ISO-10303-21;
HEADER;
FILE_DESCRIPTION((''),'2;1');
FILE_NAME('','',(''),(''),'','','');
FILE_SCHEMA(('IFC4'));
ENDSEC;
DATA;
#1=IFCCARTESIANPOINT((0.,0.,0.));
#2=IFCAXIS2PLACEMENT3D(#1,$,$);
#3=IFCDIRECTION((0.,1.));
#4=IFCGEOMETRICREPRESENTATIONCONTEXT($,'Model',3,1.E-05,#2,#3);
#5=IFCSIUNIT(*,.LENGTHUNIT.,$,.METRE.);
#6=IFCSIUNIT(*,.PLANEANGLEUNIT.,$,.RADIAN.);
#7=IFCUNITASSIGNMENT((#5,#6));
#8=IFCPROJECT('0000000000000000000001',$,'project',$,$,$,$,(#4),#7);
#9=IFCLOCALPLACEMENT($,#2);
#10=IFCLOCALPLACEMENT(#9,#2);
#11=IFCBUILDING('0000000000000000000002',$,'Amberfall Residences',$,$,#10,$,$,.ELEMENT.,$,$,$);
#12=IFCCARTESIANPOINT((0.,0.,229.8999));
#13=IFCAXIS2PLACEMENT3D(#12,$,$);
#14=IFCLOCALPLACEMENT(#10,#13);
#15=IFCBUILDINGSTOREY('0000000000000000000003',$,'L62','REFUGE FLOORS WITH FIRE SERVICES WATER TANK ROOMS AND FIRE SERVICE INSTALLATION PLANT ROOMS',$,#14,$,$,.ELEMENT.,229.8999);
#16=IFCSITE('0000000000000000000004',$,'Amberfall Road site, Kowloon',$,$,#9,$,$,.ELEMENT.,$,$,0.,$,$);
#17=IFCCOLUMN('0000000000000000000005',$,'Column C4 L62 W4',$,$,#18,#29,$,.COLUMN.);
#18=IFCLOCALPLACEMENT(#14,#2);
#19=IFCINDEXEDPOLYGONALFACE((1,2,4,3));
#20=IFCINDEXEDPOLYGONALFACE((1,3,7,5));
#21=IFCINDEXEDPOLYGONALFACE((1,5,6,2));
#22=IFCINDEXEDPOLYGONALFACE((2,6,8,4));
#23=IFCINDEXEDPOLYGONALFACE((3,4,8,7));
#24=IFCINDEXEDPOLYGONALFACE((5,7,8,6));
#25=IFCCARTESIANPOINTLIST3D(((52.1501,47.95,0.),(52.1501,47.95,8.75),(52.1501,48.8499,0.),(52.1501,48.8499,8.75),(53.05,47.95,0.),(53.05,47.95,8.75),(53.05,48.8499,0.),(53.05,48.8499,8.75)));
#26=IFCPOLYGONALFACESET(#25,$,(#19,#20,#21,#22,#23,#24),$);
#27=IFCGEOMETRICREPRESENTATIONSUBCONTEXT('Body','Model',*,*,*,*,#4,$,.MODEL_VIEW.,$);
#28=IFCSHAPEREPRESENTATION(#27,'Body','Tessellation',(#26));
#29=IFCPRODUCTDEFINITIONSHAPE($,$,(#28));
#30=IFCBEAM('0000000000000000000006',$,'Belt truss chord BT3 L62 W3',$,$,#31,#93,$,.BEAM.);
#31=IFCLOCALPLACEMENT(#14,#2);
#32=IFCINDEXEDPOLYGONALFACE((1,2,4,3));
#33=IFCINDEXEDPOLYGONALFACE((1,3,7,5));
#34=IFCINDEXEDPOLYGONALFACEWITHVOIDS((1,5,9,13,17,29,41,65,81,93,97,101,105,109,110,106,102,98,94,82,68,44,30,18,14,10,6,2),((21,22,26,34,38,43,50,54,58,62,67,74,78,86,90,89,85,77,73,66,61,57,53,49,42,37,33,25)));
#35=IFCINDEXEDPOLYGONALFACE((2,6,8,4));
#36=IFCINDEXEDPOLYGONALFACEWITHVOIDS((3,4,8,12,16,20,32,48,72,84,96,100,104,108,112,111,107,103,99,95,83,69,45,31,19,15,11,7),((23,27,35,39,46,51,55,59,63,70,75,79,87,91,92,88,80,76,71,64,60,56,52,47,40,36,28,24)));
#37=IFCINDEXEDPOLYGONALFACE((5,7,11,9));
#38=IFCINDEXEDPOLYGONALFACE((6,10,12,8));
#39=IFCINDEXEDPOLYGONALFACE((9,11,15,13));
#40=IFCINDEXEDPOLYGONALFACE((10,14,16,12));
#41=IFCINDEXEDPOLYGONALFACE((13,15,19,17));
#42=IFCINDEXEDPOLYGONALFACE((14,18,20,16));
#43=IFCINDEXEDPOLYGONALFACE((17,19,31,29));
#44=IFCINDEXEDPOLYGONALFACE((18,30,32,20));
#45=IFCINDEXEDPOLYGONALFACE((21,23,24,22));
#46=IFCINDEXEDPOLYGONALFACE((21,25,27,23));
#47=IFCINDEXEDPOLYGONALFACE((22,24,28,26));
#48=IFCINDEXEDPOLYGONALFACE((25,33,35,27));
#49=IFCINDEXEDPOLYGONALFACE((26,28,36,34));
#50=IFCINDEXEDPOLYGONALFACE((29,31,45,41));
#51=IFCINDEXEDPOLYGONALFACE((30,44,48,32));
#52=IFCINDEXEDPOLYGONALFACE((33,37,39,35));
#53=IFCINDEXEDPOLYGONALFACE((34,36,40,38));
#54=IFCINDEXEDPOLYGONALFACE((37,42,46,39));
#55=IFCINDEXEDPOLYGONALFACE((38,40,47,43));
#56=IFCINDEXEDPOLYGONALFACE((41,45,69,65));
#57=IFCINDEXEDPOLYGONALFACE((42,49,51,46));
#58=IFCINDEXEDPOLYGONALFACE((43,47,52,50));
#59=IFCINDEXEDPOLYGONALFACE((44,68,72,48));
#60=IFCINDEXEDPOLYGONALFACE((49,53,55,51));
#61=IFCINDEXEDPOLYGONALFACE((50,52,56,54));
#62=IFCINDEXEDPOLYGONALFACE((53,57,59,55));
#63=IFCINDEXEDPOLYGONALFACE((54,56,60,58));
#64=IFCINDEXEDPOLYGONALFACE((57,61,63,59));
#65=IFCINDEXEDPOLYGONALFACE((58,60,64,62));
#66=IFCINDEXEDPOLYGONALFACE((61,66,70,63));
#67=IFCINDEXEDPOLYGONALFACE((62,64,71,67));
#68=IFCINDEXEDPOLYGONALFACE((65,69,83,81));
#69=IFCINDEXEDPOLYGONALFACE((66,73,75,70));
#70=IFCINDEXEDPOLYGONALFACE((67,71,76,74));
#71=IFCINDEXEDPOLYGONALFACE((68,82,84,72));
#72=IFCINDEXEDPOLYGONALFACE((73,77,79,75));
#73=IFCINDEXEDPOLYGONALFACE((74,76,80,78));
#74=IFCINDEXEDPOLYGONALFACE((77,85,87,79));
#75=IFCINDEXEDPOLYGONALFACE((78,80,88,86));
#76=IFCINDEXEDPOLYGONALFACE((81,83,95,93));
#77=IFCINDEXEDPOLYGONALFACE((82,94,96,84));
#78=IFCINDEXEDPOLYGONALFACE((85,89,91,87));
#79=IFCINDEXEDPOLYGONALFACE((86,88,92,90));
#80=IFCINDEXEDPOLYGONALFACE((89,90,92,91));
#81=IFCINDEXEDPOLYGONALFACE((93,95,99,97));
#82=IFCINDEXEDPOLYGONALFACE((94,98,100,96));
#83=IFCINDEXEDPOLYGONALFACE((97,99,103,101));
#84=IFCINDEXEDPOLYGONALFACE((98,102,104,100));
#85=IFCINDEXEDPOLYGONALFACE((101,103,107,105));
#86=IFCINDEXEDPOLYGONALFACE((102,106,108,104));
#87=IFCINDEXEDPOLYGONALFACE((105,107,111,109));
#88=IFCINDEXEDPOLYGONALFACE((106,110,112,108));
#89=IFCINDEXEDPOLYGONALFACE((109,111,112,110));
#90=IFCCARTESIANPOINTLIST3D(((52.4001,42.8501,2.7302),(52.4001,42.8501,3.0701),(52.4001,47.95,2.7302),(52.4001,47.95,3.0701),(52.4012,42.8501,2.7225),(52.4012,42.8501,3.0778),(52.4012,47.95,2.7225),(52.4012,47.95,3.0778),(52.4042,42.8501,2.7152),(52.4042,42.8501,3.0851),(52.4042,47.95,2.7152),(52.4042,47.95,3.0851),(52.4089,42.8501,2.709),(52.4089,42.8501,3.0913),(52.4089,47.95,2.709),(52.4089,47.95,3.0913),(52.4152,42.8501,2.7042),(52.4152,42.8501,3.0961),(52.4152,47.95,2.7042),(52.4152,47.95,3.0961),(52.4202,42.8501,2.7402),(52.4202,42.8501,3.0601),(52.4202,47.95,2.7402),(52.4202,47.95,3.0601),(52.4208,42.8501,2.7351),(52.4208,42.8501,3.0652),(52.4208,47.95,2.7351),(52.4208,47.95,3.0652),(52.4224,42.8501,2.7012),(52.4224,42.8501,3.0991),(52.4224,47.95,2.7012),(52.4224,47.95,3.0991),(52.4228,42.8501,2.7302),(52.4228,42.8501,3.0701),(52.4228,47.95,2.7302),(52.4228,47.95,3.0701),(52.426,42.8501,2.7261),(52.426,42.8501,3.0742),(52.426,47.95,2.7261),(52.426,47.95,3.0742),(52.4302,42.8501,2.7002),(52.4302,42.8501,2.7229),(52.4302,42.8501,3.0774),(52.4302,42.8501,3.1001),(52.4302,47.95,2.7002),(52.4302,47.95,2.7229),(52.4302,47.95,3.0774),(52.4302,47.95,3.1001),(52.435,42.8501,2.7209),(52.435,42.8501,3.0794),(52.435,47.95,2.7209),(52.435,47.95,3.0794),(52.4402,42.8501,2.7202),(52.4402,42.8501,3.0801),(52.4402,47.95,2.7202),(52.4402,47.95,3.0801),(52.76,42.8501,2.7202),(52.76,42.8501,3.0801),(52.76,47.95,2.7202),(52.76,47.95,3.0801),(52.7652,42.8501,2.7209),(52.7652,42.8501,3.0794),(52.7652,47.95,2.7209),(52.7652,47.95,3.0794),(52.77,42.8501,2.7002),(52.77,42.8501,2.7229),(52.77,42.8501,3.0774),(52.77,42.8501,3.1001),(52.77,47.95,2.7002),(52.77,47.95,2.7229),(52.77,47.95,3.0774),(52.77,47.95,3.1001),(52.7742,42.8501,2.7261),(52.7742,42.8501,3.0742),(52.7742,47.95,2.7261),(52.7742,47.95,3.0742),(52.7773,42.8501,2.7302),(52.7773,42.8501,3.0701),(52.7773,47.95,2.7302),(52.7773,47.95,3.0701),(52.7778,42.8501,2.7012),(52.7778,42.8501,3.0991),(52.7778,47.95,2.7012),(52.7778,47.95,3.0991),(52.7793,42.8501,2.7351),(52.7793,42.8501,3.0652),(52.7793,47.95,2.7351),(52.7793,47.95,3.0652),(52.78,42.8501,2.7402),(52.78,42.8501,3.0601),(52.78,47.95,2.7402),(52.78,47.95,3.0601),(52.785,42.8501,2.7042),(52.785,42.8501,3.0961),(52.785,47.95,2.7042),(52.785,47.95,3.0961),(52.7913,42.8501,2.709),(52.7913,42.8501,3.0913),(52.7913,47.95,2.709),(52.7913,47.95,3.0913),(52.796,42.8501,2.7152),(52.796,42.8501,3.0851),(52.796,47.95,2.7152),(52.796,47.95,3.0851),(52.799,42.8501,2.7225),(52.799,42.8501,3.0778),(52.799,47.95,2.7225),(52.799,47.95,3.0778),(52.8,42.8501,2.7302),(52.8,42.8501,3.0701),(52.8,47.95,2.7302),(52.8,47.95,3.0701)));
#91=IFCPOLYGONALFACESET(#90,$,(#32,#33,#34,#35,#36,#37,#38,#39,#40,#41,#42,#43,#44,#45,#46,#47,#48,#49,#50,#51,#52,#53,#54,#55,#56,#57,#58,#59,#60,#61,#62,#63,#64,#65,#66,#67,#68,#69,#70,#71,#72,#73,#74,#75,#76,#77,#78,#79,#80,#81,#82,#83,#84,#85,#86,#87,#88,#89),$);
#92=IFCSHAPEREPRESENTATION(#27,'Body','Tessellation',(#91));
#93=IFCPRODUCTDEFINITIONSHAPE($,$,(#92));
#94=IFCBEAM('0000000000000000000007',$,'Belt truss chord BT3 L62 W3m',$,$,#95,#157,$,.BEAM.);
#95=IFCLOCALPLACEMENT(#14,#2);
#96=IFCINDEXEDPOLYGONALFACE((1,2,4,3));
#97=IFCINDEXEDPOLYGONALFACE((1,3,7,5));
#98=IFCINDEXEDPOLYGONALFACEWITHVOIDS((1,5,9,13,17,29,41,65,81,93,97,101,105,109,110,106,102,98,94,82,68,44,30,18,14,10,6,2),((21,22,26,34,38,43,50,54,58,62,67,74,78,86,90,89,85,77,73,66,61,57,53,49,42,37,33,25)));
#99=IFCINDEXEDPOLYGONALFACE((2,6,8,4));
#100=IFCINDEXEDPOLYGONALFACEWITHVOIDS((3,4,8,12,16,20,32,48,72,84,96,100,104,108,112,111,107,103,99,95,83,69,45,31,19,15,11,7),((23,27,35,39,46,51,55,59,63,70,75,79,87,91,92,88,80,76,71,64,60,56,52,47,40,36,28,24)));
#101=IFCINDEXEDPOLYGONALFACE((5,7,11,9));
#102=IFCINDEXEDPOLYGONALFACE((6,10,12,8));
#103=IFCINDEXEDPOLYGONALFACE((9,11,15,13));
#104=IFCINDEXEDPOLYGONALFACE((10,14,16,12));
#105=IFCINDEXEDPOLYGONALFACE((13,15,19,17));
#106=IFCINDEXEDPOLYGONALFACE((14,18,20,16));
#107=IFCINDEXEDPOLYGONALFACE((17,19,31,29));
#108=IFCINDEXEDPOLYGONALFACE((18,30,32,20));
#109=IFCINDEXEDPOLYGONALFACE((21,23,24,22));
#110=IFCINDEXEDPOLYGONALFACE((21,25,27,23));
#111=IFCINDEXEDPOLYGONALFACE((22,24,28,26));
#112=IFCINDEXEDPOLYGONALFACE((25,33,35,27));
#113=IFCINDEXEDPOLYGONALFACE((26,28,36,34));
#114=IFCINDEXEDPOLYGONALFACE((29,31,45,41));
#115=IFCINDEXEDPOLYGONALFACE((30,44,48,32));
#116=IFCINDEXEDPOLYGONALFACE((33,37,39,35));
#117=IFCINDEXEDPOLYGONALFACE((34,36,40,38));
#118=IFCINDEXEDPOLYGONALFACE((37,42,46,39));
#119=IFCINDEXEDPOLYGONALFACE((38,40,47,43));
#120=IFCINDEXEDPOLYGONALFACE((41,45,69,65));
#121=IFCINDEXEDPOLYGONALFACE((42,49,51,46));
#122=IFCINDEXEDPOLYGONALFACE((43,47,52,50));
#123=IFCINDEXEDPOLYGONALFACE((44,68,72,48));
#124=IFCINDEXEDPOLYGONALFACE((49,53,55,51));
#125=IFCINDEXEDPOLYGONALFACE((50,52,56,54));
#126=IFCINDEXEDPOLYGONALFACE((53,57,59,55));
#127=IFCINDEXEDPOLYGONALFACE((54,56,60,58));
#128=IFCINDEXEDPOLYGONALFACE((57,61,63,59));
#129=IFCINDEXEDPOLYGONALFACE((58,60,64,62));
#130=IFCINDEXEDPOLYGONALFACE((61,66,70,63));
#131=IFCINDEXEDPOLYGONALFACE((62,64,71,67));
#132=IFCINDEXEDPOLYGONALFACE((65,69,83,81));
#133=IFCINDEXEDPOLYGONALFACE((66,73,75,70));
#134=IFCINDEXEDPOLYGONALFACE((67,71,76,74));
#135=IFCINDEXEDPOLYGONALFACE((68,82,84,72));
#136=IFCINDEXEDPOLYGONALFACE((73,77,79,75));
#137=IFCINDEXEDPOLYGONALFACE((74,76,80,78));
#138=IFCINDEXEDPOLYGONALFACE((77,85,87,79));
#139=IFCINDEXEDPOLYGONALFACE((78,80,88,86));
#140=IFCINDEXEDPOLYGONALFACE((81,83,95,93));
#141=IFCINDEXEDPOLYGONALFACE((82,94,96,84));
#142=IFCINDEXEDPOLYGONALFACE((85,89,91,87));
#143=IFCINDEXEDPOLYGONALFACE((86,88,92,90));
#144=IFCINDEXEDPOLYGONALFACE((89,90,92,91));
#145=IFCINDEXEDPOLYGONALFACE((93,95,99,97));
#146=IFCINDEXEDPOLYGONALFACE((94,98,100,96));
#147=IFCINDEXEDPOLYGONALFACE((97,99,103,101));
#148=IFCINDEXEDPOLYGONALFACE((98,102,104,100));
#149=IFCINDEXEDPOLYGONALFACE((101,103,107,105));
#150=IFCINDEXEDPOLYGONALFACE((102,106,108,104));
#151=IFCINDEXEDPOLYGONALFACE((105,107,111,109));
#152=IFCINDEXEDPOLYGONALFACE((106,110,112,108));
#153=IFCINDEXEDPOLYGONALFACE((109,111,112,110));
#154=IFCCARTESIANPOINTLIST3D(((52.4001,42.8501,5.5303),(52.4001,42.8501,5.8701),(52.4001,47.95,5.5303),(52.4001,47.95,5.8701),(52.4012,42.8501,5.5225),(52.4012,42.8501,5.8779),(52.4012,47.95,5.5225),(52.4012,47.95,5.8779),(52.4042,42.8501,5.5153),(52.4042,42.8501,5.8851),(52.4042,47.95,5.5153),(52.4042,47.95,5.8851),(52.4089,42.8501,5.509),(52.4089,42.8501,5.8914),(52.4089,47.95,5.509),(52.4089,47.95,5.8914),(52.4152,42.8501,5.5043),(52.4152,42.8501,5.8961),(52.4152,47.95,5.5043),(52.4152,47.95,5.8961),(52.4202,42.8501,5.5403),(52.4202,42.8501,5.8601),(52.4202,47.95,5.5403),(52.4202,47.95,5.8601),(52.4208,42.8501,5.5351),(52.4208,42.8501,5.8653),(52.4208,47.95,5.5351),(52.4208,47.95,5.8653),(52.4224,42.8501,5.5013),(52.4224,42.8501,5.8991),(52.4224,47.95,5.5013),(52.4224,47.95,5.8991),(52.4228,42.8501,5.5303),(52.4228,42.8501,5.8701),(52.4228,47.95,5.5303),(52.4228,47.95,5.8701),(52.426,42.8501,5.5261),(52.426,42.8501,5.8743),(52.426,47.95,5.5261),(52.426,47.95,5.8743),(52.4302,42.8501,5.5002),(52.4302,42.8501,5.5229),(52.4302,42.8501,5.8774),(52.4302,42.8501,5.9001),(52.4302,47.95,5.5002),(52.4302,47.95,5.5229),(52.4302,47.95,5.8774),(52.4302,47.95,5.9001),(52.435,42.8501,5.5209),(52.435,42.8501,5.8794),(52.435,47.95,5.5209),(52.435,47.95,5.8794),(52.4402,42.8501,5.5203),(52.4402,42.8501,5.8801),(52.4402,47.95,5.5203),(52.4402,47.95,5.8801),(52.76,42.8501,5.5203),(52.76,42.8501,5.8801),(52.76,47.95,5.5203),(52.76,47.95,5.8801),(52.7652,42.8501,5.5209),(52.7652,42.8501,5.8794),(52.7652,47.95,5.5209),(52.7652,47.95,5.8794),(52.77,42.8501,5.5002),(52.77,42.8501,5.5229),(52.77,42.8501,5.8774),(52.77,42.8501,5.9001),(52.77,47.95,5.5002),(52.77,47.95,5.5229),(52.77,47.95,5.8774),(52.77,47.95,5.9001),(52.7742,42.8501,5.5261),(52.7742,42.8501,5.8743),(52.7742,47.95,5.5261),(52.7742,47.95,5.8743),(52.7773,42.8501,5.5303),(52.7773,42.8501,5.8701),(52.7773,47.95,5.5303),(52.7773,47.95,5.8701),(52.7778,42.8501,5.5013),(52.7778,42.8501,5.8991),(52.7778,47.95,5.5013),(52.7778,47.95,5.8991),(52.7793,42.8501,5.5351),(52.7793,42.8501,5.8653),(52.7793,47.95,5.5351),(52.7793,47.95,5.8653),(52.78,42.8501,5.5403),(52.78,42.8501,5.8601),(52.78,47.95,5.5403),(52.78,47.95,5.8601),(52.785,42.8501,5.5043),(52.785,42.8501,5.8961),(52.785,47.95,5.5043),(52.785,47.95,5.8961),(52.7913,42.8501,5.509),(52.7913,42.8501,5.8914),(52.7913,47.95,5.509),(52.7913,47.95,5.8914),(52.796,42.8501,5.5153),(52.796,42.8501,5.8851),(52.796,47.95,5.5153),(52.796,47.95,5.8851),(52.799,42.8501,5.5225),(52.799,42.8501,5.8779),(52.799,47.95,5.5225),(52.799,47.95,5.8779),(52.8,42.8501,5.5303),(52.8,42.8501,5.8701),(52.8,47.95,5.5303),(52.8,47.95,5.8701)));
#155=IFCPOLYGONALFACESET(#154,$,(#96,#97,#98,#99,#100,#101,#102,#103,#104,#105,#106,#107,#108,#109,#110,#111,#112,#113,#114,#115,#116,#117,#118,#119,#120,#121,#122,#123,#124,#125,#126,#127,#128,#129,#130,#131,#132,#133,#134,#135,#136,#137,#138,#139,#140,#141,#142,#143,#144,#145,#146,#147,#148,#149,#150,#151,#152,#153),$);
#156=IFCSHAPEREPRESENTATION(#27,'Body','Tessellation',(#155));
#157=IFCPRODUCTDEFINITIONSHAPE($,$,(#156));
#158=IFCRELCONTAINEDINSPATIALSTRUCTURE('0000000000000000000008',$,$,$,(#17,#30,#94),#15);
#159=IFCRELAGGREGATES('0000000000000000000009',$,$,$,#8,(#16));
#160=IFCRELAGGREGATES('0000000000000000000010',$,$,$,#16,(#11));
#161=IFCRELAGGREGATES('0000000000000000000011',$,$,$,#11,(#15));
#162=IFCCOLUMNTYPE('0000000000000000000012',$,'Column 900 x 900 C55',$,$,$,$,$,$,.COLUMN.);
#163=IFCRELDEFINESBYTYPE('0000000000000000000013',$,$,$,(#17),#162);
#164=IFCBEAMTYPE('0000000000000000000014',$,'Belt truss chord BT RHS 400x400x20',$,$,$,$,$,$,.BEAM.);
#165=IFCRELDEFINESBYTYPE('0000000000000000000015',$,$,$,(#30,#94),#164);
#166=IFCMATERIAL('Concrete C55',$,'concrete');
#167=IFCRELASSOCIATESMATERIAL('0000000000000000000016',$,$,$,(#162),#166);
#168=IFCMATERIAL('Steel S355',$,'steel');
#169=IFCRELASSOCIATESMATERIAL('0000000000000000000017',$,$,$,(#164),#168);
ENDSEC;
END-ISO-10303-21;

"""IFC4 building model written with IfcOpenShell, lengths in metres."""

from ifc_helpers import new_model, si_unit, direction, frame, origin, origin_2d, place, context, subcontext, project, spatial, rectangle, hollow_rectangle, extrude, material, material_profile, profile_set, type_object, element, save


model = new_model("IFC4")

# Units and contexts
model_context = context("Model", 3, precision=1e-05, world=origin(), true_north=direction((0.0, 1.0)))
body_context = subcontext(model_context, "Body", "Model", "MODEL_VIEW")
ifc_project = project(units=[si_unit("LENGTHUNIT", "METRE"), si_unit("PLANEANGLEUNIT", "RADIAN")], contexts=[model_context])

# Site, building, storey
site_placement = place(None, origin())
site = spatial("IfcSite", under=ifc_project, at=site_placement, Name="Amberfall Road site, Kowloon", CompositionType="ELEMENT", RefElevation=0.0)
building_placement = place(site_placement, origin())
building = spatial("IfcBuilding", under=site, at=building_placement, Name="Amberfall Residences", CompositionType="ELEMENT")
storey_placement = place(building_placement, frame((0.0, 0.0, 229.8999)))
storey = spatial("IfcBuildingStorey", under=building, at=storey_placement, Name="L62", Description="REFUGE FLOORS WITH FIRE SERVICES WATER TANK ROOMS AND FIRE SERVICE INSTALLATION PLANT ROOMS", CompositionType="ELEMENT", Elevation=229.8999)

# Column
ifc_material_1 = material(Name="Concrete C55", Category="concrete")
ifc_material_profile_1 = material_profile(ifc_material_1, rectangle(XDim=0.8999, YDim=0.8999, at=origin_2d()), Name="Column 900 x 900 C55")
ifc_profile_set_1 = profile_set([ifc_material_profile_1], Name="Concrete C55")
column_type = type_object("IfcColumnType", Name="Column 900 x 900 C55", PredefinedType="COLUMN", material=ifc_profile_set_1)
column_placement = place(storey_placement, frame((52.6001, 48.3999, 0.0), z_axis=(0.0, 0.0, 1.0), x_axis=(1.0, 0.0, 0.0)))
element("IfcColumn", 1, at=column_placement, inside=storey, type_object=column_type, Name="Column C4 L62 W4", PredefinedType="COLUMN", context=body_context, shape_type="SweptSolid", body=[
    extrude(rectangle(XDim=0.8999, YDim=0.8999, at=origin_2d()), origin(), (0.0, 0.0, 1.0), 8.75),
])

# Beams
ifc_material_2 = material(Name="Steel S355", Category="steel")
ifc_material_profile_2 = material_profile(ifc_material_2, hollow_rectangle(XDim=0.3999, YDim=0.3999, WallThickness=0.02, InnerFilletRadius=0.02, OuterFilletRadius=0.03, at=origin_2d()), Name="RHS 400x400x20")
ifc_profile_set_2 = profile_set([ifc_material_profile_2], Name="Steel S355")
beam_type_1 = type_object("IfcBeamType", Name="Belt truss chord BT RHS 400x400x20", PredefinedType="BEAM", material=ifc_profile_set_2)
for number, where, z_axis, x_axis, name in (
    (2, (52.6001, 42.8501, 2.9001), (0.0, 1.0, 0.0), (-1.0, 0.0, 0.0), "Belt truss chord BT3 L62 W3"),
    (3, (52.6001, 42.8501, 5.7002), (0.0, 1.0, 0.0), (-1.0, 0.0, 0.0), "Belt truss chord BT3 L62 W3m"),
):
    element("IfcBeam", number, at=place(storey_placement, frame(where, z_axis=z_axis, x_axis=x_axis)), inside=storey, type_object=beam_type_1, Name=name, PredefinedType="BEAM", context=body_context, shape_type="SweptSolid", body=[
        extrude(hollow_rectangle(XDim=0.3999, YDim=0.3999, WallThickness=0.02, InnerFilletRadius=0.02, OuterFilletRadius=0.03, at=origin_2d()), origin(), (0.0, 0.0, 1.0), 5.0999),
    ])

save(model, "model.ifc")
